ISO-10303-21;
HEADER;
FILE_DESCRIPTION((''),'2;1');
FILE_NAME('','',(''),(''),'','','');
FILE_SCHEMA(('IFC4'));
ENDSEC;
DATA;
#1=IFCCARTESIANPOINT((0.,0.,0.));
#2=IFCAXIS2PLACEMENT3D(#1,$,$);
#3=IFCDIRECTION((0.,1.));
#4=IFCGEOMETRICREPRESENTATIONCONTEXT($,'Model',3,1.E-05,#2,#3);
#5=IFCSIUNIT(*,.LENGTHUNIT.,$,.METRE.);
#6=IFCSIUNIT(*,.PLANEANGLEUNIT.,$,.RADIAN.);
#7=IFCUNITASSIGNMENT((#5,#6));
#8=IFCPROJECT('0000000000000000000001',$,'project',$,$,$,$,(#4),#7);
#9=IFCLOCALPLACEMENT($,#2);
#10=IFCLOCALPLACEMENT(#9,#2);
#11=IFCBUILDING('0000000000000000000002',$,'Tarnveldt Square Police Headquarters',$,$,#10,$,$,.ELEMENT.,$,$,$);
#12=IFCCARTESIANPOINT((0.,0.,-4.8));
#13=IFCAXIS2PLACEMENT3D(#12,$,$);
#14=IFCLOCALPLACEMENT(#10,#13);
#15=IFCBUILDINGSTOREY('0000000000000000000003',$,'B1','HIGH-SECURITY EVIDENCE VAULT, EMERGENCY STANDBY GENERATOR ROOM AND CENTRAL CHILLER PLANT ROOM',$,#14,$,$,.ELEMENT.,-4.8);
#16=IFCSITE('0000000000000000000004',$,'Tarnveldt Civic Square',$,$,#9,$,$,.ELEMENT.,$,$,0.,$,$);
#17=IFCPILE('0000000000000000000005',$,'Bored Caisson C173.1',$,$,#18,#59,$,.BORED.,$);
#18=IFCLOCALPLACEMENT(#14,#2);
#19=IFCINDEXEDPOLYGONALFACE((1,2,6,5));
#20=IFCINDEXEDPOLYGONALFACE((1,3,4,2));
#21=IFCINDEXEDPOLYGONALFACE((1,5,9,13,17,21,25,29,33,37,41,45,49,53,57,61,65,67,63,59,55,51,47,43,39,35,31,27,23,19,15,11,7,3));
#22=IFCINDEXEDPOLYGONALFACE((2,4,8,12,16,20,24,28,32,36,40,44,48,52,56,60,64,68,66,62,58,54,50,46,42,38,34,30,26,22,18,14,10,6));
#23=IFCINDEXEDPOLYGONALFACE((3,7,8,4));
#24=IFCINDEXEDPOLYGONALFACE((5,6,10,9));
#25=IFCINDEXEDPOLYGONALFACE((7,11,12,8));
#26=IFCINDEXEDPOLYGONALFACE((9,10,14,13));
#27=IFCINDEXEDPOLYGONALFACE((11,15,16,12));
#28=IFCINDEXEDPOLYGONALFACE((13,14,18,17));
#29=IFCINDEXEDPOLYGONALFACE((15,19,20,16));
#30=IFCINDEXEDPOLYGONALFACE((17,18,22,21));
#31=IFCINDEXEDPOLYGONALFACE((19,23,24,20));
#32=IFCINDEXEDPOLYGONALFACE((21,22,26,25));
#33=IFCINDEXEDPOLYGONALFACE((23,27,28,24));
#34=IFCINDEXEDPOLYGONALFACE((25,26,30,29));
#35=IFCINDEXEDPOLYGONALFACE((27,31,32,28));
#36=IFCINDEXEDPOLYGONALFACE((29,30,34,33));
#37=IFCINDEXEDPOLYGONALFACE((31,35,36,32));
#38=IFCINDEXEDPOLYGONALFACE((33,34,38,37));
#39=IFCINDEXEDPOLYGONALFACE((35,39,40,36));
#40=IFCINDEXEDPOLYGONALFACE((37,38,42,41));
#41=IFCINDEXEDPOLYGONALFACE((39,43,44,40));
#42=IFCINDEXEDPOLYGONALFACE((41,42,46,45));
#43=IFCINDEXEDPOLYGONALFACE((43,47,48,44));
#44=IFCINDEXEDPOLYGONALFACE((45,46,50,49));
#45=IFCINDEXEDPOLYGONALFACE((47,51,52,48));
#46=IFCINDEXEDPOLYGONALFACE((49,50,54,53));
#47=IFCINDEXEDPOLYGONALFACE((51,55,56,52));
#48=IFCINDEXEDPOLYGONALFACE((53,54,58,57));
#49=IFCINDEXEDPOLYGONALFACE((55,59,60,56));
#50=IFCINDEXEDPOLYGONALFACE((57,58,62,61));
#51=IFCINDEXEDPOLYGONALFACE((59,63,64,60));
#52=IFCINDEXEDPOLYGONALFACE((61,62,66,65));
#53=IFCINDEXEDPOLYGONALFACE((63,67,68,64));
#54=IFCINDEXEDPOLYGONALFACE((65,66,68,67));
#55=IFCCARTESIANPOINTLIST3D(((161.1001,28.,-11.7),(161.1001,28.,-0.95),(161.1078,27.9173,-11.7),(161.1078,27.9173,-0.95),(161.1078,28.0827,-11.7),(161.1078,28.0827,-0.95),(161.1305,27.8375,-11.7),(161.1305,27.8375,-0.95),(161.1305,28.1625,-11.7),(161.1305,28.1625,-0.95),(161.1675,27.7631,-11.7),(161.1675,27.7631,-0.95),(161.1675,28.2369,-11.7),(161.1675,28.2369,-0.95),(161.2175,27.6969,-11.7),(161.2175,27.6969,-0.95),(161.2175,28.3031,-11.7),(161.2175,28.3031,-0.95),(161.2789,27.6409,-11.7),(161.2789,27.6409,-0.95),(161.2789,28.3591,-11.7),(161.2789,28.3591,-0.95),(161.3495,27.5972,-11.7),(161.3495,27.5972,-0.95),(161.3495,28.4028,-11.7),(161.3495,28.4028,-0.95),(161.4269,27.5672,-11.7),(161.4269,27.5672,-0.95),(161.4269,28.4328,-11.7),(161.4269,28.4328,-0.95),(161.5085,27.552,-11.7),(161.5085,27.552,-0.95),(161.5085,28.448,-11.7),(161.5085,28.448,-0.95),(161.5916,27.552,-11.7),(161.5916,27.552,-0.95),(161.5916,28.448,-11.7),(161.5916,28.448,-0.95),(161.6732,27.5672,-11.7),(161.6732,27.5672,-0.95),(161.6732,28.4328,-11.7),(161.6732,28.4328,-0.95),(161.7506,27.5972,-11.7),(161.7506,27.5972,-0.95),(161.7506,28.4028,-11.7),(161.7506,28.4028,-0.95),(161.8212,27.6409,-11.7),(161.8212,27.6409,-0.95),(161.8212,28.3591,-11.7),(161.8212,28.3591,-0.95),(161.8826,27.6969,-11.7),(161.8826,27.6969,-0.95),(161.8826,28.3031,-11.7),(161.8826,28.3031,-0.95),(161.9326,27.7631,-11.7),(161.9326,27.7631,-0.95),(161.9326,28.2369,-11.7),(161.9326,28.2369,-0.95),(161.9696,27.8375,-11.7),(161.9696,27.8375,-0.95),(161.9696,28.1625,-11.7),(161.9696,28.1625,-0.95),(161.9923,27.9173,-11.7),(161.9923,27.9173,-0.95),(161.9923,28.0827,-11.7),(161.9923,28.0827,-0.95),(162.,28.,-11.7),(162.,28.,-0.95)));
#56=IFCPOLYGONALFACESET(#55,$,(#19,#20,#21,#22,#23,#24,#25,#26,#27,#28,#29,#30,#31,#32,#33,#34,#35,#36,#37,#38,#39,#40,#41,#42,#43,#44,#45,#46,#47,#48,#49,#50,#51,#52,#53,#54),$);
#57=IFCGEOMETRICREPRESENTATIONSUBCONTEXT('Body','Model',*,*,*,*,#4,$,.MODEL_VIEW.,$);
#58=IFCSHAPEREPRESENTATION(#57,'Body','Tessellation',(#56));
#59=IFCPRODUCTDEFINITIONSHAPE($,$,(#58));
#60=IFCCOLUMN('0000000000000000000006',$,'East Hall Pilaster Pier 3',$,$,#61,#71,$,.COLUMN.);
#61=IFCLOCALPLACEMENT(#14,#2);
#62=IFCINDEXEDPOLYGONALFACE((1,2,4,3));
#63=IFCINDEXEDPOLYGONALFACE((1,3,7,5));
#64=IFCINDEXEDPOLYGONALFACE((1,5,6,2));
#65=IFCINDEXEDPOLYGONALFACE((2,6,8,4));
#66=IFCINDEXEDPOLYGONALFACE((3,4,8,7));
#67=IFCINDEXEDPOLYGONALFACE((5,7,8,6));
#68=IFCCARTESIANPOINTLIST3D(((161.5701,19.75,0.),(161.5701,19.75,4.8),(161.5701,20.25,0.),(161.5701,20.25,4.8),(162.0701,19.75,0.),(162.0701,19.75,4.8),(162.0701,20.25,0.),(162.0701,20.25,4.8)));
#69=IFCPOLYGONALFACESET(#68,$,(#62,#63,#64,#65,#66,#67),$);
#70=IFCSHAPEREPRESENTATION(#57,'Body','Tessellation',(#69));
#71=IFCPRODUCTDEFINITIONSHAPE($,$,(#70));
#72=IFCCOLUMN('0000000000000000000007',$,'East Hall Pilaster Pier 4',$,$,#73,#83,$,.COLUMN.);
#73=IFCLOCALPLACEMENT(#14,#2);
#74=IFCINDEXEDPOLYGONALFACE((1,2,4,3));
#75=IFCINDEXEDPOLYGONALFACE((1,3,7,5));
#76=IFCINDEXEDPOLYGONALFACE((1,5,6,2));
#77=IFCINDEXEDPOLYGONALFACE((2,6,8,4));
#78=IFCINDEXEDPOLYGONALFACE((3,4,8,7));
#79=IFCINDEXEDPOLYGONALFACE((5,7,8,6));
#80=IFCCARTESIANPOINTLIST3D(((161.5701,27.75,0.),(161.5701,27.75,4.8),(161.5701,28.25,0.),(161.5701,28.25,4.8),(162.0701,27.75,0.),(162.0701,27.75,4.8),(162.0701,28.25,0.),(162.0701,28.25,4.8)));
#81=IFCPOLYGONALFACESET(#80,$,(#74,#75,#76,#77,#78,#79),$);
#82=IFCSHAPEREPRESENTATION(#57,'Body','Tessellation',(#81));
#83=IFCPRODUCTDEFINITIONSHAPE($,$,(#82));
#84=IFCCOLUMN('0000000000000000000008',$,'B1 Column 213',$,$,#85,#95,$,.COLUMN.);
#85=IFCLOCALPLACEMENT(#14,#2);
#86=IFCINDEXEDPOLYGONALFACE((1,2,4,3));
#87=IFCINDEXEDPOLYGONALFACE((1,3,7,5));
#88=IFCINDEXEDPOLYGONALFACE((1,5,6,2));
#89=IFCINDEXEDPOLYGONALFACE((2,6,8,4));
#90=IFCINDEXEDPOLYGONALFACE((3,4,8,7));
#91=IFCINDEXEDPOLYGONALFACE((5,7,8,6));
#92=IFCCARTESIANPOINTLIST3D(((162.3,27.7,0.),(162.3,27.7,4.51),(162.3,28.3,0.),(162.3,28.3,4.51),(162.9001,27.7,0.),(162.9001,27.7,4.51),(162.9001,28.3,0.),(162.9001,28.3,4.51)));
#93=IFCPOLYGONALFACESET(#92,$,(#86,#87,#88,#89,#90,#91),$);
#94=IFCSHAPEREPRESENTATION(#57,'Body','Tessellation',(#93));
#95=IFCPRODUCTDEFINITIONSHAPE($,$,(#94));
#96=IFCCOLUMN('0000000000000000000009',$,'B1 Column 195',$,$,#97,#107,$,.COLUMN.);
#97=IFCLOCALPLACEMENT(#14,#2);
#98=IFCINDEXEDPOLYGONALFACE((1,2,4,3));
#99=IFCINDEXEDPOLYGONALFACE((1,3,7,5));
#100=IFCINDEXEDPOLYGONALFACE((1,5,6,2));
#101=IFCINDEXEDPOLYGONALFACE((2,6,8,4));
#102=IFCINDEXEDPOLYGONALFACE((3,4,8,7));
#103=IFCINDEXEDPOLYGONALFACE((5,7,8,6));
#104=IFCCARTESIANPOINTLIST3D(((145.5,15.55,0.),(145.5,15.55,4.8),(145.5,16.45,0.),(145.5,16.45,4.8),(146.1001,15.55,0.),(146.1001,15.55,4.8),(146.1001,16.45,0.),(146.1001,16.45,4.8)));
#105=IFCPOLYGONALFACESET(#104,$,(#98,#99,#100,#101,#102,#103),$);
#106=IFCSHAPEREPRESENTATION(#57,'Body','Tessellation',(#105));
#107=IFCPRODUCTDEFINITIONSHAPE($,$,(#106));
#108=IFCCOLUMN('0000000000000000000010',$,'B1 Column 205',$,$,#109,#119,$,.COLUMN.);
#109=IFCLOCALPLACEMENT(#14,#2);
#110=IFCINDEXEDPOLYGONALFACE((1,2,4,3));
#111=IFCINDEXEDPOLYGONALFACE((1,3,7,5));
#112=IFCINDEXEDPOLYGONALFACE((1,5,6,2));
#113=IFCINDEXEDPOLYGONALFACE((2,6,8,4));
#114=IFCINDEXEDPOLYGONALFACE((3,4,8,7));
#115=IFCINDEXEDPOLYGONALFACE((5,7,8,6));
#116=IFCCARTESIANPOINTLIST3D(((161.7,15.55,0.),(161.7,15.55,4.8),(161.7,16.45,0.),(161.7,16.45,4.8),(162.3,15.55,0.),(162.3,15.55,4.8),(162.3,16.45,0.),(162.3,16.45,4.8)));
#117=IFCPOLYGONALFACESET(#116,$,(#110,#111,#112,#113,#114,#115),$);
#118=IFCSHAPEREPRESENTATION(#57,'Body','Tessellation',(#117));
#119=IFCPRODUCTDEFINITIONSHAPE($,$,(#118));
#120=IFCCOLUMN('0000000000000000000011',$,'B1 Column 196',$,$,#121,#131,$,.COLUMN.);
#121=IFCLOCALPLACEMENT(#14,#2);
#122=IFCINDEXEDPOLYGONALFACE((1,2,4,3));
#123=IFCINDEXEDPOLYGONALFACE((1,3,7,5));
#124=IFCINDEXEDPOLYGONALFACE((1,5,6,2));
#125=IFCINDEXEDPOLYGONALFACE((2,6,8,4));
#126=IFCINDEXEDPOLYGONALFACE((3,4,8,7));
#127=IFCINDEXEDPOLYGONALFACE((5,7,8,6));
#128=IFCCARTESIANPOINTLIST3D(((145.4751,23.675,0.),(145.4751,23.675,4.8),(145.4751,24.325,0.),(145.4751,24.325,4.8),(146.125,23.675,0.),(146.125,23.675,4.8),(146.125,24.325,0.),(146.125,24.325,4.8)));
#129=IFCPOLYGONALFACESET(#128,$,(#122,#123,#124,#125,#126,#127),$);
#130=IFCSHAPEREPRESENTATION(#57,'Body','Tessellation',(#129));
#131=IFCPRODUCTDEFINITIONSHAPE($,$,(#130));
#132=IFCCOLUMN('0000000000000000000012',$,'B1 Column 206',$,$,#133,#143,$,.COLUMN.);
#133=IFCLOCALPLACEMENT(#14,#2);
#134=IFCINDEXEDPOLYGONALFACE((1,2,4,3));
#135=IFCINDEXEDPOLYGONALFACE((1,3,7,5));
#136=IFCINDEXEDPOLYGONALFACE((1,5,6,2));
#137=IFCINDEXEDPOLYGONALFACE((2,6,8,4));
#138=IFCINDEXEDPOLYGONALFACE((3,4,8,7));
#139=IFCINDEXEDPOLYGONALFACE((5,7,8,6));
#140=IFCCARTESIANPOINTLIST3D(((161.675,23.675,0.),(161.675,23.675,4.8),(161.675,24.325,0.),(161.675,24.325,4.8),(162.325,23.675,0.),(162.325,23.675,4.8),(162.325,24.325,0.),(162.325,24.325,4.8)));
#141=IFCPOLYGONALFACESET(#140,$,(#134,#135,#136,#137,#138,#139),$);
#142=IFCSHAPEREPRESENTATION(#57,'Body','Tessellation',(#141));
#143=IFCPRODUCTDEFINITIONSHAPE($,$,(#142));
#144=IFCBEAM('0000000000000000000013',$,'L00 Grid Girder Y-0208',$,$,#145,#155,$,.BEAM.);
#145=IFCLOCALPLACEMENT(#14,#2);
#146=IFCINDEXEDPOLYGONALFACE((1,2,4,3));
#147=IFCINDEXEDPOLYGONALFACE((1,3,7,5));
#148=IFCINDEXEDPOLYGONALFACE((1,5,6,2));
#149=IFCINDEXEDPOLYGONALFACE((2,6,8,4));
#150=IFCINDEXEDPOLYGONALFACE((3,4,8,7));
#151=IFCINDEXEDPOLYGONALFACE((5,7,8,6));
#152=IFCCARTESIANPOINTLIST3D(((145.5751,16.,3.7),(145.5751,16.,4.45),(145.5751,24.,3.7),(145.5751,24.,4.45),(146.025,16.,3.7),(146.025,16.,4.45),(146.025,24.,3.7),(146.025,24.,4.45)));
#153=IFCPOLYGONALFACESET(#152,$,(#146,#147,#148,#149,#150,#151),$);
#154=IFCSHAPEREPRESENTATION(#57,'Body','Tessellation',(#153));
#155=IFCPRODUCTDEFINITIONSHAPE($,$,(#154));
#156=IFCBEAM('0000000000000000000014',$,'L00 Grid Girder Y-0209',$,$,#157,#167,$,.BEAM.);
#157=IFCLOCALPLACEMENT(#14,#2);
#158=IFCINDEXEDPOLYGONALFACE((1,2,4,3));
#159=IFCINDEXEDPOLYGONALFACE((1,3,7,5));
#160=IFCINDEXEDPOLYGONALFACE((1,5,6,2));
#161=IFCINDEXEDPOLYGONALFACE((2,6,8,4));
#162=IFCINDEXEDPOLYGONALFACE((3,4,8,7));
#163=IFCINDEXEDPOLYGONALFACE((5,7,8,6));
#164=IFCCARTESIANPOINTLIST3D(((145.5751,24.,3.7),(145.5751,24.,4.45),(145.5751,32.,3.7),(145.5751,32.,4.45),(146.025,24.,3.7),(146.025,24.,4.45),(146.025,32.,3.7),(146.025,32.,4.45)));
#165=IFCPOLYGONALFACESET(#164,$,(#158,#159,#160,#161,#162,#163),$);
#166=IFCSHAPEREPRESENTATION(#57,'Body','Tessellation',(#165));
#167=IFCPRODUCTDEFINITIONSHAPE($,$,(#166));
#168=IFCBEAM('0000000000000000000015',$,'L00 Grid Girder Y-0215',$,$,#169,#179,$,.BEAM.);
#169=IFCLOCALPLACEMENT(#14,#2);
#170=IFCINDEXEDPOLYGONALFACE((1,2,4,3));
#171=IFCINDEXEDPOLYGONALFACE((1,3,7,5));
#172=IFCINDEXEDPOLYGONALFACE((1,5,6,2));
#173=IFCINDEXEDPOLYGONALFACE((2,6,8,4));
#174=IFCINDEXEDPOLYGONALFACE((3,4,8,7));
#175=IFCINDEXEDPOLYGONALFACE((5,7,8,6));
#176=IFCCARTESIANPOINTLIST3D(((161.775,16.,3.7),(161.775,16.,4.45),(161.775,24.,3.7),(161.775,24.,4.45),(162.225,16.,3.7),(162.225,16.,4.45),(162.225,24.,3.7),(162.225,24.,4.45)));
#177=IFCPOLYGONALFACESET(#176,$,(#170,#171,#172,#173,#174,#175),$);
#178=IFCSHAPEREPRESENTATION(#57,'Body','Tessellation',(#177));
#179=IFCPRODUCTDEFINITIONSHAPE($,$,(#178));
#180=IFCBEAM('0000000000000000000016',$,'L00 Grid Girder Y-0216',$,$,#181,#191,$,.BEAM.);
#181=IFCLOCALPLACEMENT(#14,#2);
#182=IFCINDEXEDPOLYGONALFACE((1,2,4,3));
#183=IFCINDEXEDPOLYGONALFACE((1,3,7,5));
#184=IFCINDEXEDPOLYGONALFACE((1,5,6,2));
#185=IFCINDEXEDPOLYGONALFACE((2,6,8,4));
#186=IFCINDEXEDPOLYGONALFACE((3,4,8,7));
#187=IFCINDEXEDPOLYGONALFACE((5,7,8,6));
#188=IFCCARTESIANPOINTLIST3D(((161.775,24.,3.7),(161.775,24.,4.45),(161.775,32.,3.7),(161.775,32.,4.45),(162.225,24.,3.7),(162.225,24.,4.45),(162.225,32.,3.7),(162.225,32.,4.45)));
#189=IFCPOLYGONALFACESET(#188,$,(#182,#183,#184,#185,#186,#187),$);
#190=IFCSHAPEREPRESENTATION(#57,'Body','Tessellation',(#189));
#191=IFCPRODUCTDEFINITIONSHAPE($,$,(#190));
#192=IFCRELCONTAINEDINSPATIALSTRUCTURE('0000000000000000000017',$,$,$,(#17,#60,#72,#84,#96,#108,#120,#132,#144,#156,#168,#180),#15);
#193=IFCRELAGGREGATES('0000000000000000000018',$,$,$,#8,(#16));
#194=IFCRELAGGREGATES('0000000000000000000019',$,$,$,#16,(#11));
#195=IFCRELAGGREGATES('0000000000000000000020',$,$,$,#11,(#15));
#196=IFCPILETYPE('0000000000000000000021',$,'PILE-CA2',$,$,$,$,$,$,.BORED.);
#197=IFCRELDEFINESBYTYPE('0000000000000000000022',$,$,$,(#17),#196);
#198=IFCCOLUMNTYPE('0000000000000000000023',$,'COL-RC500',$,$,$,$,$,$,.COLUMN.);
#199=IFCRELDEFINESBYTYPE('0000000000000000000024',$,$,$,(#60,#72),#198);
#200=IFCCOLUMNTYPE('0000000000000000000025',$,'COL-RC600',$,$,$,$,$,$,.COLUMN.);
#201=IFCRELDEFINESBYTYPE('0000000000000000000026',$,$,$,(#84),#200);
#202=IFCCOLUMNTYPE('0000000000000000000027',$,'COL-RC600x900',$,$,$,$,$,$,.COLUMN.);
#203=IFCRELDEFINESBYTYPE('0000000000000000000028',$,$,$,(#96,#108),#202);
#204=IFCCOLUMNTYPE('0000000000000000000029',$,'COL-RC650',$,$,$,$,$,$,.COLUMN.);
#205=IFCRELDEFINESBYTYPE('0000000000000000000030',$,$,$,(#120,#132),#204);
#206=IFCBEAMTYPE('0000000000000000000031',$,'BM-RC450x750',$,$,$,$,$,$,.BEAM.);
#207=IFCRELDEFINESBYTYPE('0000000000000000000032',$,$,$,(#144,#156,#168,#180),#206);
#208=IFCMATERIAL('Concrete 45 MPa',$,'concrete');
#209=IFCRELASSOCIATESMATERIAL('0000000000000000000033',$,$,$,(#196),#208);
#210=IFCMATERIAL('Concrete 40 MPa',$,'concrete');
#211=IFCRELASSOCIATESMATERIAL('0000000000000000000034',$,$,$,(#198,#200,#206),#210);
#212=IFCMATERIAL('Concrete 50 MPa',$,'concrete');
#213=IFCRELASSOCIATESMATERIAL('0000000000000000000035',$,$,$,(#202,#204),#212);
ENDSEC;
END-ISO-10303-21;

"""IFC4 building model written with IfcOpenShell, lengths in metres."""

from ifc_helpers import new_model, si_unit, direction, frame, origin, origin_2d, place, context, subcontext, project, spatial, rectangle, circle, extrude, material, material_profile, profile_set, type_object, element, save


model = new_model("IFC4")

# Units and contexts
model_context = context("Model", 3, precision=1e-05, world=origin(), true_north=direction((0.0, 1.0)))
body_context = subcontext(model_context, "Body", "Model", "MODEL_VIEW")
ifc_project = project(units=[si_unit("LENGTHUNIT", "METRE"), si_unit("PLANEANGLEUNIT", "RADIAN")], contexts=[model_context])

# Site, building, storey
site_placement = place(None, origin())
site = spatial("IfcSite", under=ifc_project, at=site_placement, Name="Tarnveldt Civic Square", CompositionType="ELEMENT", RefElevation=0.0)
building_placement = place(site_placement, origin())
building = spatial("IfcBuilding", under=site, at=building_placement, Name="Tarnveldt Square Police Headquarters", CompositionType="ELEMENT")
storey_placement = place(building_placement, frame((0.0, 0.0, -4.8)))
storey = spatial("IfcBuildingStorey", under=building, at=storey_placement, Name="B1", Description="HIGH-SECURITY EVIDENCE VAULT, EMERGENCY STANDBY GENERATOR ROOM AND CENTRAL CHILLER PLANT ROOM", CompositionType="ELEMENT", Elevation=-4.8)

# Shared definitions
ifc_material_1 = material(Name="Concrete 45 MPa", Category="concrete")

# Pile
ifc_material_profile_1 = material_profile(ifc_material_1, circle(Radius=0.45, at=origin_2d()), Name="CAISSON-D900")
ifc_profile_set_1 = profile_set([ifc_material_profile_1], Name="Concrete 45 MPa")
pile_type_1 = type_object("IfcPileType", Name="PILE-CA2", PredefinedType="BORED", material=ifc_profile_set_1)
pile_1_placement = place(storey_placement, frame((161.55, 28.0, -0.95), z_axis=(0.0, 0.0, -1.0), x_axis=(1.0, 0.0, 0.0)))
element("IfcPile", 1, at=pile_1_placement, inside=storey, type_object=pile_type_1, Name="Bored Caisson C173.1", PredefinedType="BORED", context=body_context, shape_type="SweptSolid", body=[
    extrude(circle(Radius=0.45, at=origin_2d()), origin(), (0.0, 0.0, 1.0), 10.75),
])

# Columns
ifc_material_2 = material(Name="Concrete 40 MPa", Category="concrete")
ifc_material_profile_2 = material_profile(ifc_material_2, rectangle(XDim=0.5, YDim=0.5, at=origin_2d()), Name="RC-C500x500")
ifc_profile_set_2 = profile_set([ifc_material_profile_2], Name="Concrete 40 MPa")
column_type_1 = type_object("IfcColumnType", Name="COL-RC500", PredefinedType="COLUMN", material=ifc_profile_set_2)
for number, where, z_axis, x_axis, name in (
    (2, (161.8201, 20.0, 0.0), (0.0, 0.0, 1.0), (1.0, 0.0, 0.0), "East Hall Pilaster Pier 3"),
    (3, (161.8201, 28.0, 0.0), (0.0, 0.0, 1.0), (1.0, 0.0, 0.0), "East Hall Pilaster Pier 4"),
):
    element("IfcColumn", number, at=place(storey_placement, frame(where, z_axis=z_axis, x_axis=x_axis)), inside=storey, type_object=column_type_1, Name=name, PredefinedType="COLUMN", context=body_context, shape_type="SweptSolid", body=[
        extrude(rectangle(XDim=0.5, YDim=0.5, at=origin_2d()), origin(), (0.0, 0.0, 1.0), 4.8),
    ])
ifc_material_profile_3 = material_profile(ifc_material_2, rectangle(XDim=0.6001, YDim=0.6001, at=origin_2d()), Name="RC-C600x600")
ifc_profile_set_3 = profile_set([ifc_material_profile_3], Name="Concrete 40 MPa")
column_type_2 = type_object("IfcColumnType", Name="COL-RC600", PredefinedType="COLUMN", material=ifc_profile_set_3)
column_placement = place(storey_placement, frame((162.6001, 28.0, 0.0), z_axis=(0.0, 0.0, 1.0), x_axis=(1.0, 0.0, 0.0)))
element("IfcColumn", 4, at=column_placement, inside=storey, type_object=column_type_2, Name="B1 Column 213", PredefinedType="COLUMN", context=body_context, shape_type="SweptSolid", body=[
    extrude(rectangle(XDim=0.6001, YDim=0.6001, at=origin_2d()), origin(), (0.0, 0.0, 1.0), 4.51),
])
ifc_material_3 = material(Name="Concrete 50 MPa", Category="concrete")
ifc_material_profile_4 = material_profile(ifc_material_3, rectangle(XDim=0.6001, YDim=0.8999, at=origin_2d()), Name="RC-C600x900")
ifc_profile_set_4 = profile_set([ifc_material_profile_4], Name="Concrete 50 MPa")
column_type_3 = type_object("IfcColumnType", Name="COL-RC600x900", PredefinedType="COLUMN", material=ifc_profile_set_4)
for number, where, z_axis, x_axis, name in (
    (5, (145.8, 16.0, 0.0), (0.0, 0.0, 1.0), (1.0, 0.0, 0.0), "B1 Column 195"),
    (6, (162.0, 16.0, 0.0), (0.0, 0.0, 1.0), (1.0, 0.0, 0.0), "B1 Column 205"),
):
    element("IfcColumn", number, at=place(storey_placement, frame(where, z_axis=z_axis, x_axis=x_axis)), inside=storey, type_object=column_type_3, Name=name, PredefinedType="COLUMN", context=body_context, shape_type="SweptSolid", body=[
        extrude(rectangle(XDim=0.6001, YDim=0.8999, at=origin_2d()), origin(), (0.0, 0.0, 1.0), 4.8),
    ])
ifc_material_profile_5 = material_profile(ifc_material_3, rectangle(XDim=0.6499, YDim=0.6499, at=origin_2d()), Name="RC-C650x650")
ifc_profile_set_5 = profile_set([ifc_material_profile_5], Name="Concrete 50 MPa")
column_type_4 = type_object("IfcColumnType", Name="COL-RC650", PredefinedType="COLUMN", material=ifc_profile_set_5)
for number, where, z_axis, x_axis, name in (
    (7, (145.8, 24.0, 0.0), (0.0, 0.0, 1.0), (1.0, 0.0, 0.0), "B1 Column 196"),
    (8, (162.0, 24.0, 0.0), (0.0, 0.0, 1.0), (1.0, 0.0, 0.0), "B1 Column 206"),
):
    element("IfcColumn", number, at=place(storey_placement, frame(where, z_axis=z_axis, x_axis=x_axis)), inside=storey, type_object=column_type_4, Name=name, PredefinedType="COLUMN", context=body_context, shape_type="SweptSolid", body=[
        extrude(rectangle(XDim=0.6499, YDim=0.6499, at=origin_2d()), origin(), (0.0, 0.0, 1.0), 4.8),
    ])

# Beams
ifc_material_profile_6 = material_profile(ifc_material_2, rectangle(XDim=0.45, YDim=0.75, at=origin_2d()), Name="RC-B450x750")
ifc_profile_set_6 = profile_set([ifc_material_profile_6], Name="Concrete 40 MPa")
beam_type_1 = type_object("IfcBeamType", Name="BM-RC450x750", PredefinedType="BEAM", material=ifc_profile_set_6)
for number, where, z_axis, x_axis, name in (
    (9, (145.8, 16.0, 4.075), (0.0, 1.0, 0.0), (-1.0, 0.0, 0.0), "L00 Grid Girder Y-0208"),
    (10, (145.8, 24.0, 4.075), (0.0, 1.0, 0.0), (-1.0, 0.0, 0.0), "L00 Grid Girder Y-0209"),
    (11, (162.0, 16.0, 4.075), (0.0, 1.0, 0.0), (-1.0, 0.0, 0.0), "L00 Grid Girder Y-0215"),
    (12, (162.0, 24.0, 4.075), (0.0, 1.0, 0.0), (-1.0, 0.0, 0.0), "L00 Grid Girder Y-0216"),
):
    element("IfcBeam", number, at=place(storey_placement, frame(where, z_axis=z_axis, x_axis=x_axis)), inside=storey, type_object=beam_type_1, Name=name, PredefinedType="BEAM", context=body_context, shape_type="SweptSolid", body=[
        extrude(rectangle(XDim=0.45, YDim=0.75, at=origin_2d()), origin(), (0.0, 0.0, 1.0), 8.0),
    ])

save(model, "model.ifc")
